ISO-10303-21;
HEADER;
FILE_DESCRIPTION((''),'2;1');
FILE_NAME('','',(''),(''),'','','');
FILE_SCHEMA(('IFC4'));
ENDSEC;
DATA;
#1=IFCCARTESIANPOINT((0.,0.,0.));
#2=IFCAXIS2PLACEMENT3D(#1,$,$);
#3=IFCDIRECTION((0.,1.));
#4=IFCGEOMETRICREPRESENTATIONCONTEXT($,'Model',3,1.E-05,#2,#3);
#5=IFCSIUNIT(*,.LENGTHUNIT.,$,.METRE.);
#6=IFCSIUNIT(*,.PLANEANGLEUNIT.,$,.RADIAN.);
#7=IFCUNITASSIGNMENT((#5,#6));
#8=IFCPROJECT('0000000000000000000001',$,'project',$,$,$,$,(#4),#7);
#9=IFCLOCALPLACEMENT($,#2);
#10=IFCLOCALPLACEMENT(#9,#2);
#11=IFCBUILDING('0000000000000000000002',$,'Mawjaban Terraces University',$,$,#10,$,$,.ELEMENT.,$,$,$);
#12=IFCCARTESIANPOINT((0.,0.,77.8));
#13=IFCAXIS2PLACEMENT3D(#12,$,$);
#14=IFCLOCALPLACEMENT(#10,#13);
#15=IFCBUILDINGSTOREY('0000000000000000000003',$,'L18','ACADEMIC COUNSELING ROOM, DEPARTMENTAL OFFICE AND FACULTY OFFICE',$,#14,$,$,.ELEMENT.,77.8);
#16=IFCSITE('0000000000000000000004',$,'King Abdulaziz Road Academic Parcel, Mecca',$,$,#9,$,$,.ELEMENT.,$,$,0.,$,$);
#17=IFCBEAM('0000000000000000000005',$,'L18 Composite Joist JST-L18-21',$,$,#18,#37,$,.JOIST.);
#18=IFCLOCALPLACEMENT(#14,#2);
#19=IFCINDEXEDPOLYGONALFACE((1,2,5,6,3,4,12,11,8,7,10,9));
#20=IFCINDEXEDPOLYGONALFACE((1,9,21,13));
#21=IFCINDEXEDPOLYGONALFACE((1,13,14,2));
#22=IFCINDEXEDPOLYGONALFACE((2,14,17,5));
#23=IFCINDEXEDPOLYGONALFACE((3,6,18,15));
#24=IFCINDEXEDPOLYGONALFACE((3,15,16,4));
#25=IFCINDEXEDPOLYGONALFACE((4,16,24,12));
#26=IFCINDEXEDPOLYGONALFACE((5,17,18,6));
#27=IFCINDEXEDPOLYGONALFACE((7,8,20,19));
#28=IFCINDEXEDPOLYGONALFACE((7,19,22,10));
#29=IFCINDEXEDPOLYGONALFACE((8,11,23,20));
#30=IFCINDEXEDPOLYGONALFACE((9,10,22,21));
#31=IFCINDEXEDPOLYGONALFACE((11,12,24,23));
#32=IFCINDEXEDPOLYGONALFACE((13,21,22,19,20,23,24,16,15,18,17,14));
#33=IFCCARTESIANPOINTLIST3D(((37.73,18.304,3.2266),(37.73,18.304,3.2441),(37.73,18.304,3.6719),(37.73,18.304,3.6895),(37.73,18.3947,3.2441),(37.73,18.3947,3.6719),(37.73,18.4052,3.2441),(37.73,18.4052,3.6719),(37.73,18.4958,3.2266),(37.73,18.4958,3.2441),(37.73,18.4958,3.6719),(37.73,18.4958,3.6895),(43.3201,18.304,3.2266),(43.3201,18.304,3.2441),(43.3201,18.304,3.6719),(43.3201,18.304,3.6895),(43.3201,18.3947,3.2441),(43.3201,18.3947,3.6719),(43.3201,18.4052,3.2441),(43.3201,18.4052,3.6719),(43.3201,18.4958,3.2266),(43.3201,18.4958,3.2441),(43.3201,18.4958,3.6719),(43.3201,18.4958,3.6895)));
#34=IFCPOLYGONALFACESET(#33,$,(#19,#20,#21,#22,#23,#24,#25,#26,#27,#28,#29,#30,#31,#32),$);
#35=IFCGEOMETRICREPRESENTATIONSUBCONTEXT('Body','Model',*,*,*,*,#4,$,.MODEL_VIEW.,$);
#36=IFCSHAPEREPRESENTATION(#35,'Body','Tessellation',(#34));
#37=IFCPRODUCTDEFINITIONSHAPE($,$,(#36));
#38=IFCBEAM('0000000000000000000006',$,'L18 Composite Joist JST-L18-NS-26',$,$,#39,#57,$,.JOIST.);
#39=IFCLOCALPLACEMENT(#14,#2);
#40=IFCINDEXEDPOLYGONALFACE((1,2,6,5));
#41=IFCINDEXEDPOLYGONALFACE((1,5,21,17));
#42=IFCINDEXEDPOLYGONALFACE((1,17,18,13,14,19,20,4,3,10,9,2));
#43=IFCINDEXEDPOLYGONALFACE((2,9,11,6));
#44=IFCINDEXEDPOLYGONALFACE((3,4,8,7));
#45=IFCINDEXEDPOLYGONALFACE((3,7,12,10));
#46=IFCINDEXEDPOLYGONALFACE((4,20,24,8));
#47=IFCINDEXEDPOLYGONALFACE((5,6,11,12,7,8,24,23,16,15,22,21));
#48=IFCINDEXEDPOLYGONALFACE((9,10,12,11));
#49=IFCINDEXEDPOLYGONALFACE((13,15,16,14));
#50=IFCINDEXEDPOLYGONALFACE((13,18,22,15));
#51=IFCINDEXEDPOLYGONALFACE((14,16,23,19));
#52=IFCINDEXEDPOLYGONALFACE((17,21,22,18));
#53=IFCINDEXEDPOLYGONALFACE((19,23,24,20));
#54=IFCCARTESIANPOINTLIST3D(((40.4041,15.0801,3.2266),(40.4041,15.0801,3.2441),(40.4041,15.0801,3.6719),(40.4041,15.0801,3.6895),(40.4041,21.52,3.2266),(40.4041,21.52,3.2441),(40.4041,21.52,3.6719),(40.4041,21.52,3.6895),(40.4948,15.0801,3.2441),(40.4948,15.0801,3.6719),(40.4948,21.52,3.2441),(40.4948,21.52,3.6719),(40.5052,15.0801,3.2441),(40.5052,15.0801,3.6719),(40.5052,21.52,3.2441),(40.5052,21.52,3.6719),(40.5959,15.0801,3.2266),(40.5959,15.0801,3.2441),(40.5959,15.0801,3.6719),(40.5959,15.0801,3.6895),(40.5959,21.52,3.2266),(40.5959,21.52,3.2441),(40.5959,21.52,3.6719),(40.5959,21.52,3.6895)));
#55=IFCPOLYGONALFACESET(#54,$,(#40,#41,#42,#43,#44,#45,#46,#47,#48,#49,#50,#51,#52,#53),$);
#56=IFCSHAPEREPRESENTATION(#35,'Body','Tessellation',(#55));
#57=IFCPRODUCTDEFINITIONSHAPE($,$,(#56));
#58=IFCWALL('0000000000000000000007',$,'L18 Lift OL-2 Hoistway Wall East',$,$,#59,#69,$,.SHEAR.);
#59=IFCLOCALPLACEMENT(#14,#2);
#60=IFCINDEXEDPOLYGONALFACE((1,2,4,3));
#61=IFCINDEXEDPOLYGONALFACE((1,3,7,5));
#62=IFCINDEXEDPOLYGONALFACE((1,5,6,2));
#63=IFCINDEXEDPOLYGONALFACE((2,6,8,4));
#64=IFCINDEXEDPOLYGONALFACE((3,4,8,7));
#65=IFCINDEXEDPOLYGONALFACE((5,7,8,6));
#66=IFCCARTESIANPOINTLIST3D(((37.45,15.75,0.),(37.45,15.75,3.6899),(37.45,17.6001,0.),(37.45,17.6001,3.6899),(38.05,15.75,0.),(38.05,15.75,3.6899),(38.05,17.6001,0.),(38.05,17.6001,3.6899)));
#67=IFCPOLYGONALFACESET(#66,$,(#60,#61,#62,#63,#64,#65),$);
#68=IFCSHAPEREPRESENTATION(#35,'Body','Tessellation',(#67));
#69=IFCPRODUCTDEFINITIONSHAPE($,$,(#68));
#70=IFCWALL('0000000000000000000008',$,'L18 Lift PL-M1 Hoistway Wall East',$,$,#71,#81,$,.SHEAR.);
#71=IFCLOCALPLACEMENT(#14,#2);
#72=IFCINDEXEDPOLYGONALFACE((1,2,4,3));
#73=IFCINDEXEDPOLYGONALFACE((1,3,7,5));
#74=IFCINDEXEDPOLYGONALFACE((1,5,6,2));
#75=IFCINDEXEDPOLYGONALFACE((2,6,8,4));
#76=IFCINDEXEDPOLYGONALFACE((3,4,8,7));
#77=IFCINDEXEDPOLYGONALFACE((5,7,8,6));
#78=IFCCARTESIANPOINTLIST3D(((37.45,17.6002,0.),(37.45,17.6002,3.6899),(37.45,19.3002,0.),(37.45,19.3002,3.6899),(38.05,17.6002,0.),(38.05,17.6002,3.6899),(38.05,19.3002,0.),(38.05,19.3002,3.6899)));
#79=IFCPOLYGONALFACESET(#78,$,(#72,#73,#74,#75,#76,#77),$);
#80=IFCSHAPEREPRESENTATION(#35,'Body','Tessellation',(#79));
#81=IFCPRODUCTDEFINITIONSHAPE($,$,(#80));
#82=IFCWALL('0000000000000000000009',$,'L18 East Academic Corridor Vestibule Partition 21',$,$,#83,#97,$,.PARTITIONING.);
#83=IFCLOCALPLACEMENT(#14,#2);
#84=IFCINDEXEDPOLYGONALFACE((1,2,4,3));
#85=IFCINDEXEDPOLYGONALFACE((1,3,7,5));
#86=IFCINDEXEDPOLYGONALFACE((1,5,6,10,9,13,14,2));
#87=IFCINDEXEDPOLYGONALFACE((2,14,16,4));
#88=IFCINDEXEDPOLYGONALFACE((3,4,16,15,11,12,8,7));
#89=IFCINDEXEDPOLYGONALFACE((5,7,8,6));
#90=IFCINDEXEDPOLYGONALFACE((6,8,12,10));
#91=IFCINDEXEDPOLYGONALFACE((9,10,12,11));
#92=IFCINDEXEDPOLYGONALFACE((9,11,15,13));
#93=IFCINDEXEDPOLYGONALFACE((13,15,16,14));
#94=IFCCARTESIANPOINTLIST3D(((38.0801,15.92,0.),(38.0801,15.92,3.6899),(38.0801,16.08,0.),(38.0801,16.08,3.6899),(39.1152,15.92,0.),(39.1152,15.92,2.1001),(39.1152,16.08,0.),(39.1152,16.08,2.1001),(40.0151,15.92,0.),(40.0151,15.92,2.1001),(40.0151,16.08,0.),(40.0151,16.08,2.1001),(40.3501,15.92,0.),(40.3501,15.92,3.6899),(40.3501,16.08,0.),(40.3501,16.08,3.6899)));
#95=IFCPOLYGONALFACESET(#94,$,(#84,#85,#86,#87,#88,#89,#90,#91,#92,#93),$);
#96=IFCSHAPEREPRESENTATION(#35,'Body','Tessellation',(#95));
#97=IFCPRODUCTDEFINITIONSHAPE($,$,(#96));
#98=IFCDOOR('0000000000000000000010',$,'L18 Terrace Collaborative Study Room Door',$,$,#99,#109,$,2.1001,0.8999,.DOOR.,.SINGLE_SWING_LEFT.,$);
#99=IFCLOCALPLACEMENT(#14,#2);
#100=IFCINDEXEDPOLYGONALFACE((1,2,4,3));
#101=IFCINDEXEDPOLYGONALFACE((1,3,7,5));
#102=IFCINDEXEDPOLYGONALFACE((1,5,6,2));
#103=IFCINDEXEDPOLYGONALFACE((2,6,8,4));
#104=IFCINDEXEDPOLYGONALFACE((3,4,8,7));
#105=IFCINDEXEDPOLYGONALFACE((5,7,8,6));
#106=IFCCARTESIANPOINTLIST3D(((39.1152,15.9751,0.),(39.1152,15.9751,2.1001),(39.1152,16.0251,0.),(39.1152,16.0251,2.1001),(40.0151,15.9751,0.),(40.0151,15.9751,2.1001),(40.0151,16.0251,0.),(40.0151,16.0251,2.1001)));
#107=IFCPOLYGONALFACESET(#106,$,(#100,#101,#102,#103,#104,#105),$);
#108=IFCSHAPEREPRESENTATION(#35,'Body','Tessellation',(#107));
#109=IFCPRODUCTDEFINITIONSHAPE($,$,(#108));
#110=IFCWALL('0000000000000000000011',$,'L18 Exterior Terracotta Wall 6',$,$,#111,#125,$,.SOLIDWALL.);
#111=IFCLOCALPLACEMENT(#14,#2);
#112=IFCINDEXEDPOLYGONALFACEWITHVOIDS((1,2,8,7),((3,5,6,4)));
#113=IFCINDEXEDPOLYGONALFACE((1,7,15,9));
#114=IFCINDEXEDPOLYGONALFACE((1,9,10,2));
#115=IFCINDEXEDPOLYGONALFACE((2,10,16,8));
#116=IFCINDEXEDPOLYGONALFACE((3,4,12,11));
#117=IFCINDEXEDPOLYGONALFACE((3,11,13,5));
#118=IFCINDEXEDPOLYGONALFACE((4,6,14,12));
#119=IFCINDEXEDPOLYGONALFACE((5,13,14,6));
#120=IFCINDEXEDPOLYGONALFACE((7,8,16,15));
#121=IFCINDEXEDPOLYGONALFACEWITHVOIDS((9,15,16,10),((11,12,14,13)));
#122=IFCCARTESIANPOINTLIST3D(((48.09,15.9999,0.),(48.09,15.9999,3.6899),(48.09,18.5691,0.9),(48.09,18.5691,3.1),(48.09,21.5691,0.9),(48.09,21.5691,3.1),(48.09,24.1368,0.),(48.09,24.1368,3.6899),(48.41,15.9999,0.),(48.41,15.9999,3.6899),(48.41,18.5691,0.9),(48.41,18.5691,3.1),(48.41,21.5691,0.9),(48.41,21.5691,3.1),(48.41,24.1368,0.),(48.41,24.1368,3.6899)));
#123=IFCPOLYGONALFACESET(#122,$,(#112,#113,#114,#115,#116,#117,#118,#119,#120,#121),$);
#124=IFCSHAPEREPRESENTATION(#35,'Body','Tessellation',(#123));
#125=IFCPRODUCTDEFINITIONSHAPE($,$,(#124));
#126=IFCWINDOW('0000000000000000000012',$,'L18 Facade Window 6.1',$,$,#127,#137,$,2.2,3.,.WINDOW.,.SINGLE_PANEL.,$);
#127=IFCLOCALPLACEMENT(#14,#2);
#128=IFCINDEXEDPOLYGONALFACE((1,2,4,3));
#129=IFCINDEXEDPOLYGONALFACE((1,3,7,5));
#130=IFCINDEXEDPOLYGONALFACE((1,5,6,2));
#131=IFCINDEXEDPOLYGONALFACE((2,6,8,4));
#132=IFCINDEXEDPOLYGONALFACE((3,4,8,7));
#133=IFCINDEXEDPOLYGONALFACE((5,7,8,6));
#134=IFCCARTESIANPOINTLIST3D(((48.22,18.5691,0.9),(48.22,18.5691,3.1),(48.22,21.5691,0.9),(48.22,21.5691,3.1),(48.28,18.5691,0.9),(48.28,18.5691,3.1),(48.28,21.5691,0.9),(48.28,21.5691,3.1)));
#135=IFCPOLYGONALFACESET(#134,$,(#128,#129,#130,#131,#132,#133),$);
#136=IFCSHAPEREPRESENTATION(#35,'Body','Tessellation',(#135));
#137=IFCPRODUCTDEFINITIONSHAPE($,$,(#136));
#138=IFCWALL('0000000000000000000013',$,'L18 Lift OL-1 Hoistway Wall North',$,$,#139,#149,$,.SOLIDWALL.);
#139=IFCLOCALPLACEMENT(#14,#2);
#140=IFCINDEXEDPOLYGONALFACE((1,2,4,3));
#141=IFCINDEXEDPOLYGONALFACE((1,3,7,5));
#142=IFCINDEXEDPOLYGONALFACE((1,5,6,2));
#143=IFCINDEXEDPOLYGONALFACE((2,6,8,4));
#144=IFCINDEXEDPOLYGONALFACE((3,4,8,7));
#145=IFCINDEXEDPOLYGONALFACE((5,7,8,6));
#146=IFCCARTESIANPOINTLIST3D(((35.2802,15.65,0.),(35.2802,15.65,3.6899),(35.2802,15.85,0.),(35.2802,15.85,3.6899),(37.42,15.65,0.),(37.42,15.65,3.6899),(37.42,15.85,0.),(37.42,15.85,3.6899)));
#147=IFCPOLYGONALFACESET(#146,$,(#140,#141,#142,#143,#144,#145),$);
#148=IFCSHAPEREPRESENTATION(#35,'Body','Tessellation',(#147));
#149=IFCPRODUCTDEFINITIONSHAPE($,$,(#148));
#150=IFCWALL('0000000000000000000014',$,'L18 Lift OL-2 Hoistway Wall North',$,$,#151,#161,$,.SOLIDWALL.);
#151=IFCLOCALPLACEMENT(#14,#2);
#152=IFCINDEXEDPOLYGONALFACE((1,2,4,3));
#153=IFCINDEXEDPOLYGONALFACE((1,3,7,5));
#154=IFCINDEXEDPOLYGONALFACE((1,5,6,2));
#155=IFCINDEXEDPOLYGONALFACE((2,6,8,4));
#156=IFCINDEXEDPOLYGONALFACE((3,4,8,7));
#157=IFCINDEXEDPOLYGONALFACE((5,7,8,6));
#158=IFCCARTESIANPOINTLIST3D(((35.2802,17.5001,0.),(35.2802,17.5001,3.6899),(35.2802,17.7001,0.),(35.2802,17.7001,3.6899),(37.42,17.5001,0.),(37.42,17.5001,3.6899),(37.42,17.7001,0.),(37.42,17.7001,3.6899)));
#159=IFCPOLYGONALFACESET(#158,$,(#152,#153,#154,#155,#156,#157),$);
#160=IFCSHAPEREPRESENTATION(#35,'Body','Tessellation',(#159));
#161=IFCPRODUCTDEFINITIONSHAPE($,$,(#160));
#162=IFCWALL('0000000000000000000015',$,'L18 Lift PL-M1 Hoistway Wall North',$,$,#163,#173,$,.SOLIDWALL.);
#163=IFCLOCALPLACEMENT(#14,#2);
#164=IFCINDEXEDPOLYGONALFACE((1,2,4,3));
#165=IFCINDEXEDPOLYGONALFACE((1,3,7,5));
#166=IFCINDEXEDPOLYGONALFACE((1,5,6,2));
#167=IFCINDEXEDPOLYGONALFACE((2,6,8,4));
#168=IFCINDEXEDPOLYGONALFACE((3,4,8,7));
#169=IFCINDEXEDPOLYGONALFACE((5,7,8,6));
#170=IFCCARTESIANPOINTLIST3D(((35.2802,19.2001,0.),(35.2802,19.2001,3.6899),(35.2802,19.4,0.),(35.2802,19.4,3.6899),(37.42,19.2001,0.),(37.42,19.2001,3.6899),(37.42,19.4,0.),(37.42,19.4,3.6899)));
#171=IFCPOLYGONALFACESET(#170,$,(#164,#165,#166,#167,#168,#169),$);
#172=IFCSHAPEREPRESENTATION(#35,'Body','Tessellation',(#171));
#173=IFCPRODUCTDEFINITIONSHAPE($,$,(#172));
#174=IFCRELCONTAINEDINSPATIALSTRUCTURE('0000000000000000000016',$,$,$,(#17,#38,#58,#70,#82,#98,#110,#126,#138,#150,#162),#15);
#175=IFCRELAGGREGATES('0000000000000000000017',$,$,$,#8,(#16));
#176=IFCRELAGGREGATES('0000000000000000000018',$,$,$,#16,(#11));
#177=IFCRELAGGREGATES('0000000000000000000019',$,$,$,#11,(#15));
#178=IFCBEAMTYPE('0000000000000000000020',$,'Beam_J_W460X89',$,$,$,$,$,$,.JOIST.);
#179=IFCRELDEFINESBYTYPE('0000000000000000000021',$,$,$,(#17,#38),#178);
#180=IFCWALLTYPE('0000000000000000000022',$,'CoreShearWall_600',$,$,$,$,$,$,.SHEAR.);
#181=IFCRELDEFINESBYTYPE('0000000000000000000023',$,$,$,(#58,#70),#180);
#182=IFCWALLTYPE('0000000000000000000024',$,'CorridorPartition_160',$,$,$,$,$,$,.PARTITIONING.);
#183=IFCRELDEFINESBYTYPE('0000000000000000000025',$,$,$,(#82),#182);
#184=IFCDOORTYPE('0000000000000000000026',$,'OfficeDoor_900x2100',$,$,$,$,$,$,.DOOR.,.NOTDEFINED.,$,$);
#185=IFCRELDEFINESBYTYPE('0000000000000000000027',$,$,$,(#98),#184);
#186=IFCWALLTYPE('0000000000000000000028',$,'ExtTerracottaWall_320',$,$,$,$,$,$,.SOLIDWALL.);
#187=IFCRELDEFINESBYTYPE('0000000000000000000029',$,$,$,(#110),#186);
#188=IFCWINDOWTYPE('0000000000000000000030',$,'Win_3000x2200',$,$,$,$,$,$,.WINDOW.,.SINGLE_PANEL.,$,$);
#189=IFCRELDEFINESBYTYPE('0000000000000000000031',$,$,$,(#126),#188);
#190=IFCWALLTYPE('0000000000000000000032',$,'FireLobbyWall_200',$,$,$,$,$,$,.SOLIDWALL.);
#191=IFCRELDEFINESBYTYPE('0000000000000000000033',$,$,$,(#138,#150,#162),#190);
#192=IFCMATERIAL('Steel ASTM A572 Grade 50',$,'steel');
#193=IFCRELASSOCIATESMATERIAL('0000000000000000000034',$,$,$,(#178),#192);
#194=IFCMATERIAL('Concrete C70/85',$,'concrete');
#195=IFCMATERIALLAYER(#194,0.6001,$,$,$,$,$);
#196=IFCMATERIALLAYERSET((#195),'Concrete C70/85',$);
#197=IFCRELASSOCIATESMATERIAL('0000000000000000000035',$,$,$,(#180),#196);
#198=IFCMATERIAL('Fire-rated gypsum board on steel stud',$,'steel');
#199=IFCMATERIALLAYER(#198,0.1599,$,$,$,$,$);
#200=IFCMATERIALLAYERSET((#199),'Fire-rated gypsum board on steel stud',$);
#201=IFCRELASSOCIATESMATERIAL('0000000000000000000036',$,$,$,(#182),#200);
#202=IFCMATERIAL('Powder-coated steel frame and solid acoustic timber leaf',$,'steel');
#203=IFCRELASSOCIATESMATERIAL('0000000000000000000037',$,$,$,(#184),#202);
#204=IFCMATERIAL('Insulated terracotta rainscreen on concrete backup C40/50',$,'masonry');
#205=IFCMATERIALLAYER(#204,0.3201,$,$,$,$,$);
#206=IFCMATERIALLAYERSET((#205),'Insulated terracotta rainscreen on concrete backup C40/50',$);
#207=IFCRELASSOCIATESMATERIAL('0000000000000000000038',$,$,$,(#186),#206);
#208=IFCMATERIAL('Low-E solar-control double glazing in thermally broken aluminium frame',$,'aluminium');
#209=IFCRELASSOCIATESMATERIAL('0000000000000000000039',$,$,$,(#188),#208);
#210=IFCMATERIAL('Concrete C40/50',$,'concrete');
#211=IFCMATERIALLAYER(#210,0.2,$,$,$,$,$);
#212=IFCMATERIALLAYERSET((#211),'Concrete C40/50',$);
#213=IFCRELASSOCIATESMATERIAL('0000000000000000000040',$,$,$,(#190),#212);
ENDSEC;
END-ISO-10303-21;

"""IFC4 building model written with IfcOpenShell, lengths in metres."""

from ifc_helpers import new_model, si_unit, direction, frame, frame_2d, origin, origin_2d, place, context, subcontext, project, spatial, rectangle, i_section, extrude, material, layer, layer_set, material_profile, profile_set, type_object, element, fill, save


model = new_model("IFC4")

# Units and contexts
model_context = context("Model", 3, precision=1e-05, world=origin(), true_north=direction((0.0, 1.0)))
body_context = subcontext(model_context, "Body", "Model", "MODEL_VIEW")
ifc_project = project(units=[si_unit("LENGTHUNIT", "METRE"), si_unit("PLANEANGLEUNIT", "RADIAN")], contexts=[model_context])

# Site, building, storey
site_placement = place(None, origin())
site = spatial("IfcSite", under=ifc_project, at=site_placement, Name="King Abdulaziz Road Academic Parcel, Mecca", CompositionType="ELEMENT", RefElevation=0.0)
building_placement = place(site_placement, origin())
building = spatial("IfcBuilding", under=site, at=building_placement, Name="Mawjaban Terraces University", CompositionType="ELEMENT")
storey_placement = place(building_placement, frame((0.0, 0.0, 77.8)))
storey = spatial("IfcBuildingStorey", under=building, at=storey_placement, Name="L18", Description="ACADEMIC COUNSELING ROOM, DEPARTMENTAL OFFICE AND FACULTY OFFICE", CompositionType="ELEMENT", Elevation=77.8)

# Shared definitions
ifc_material_1 = material(Name="Concrete C70/85", Category="concrete")

# Beams
ifc_material_2 = material(Name="Steel ASTM A572 Grade 50", Category="steel")
ifc_material_profile_1 = material_profile(ifc_material_2, i_section(OverallWidth=0.1919, OverallDepth=0.4629, WebThickness=0.0105, FlangeThickness=0.0176, at=origin_2d()), Name="W460X89")
ifc_profile_set_1 = profile_set([ifc_material_profile_1], Name="Steel ASTM A572 Grade 50")
beam_type_1 = type_object("IfcBeamType", Name="Beam_J_W460X89", PredefinedType="JOIST", material=ifc_profile_set_1)
beam_1_placement = place(storey_placement, frame((37.73, 18.3999, 3.458), z_axis=(1.0, 0.0, 0.0), x_axis=(0.0, 1.0, 0.0)))
element("IfcBeam", 1, at=beam_1_placement, inside=storey, type_object=beam_type_1, Name="L18 Composite Joist JST-L18-21", PredefinedType="JOIST", context=body_context, shape_type="SweptSolid", body=[
    extrude(i_section(OverallWidth=0.1919, OverallDepth=0.4629, WebThickness=0.0105, FlangeThickness=0.0176, at=origin_2d()), origin(), (0.0, 0.0, 1.0), 5.5901),
])
beam_2_placement = place(storey_placement, frame((40.5, 15.0801, 3.458), z_axis=(0.0, 1.0, 0.0), x_axis=(-1.0, 0.0, 0.0)))
element("IfcBeam", 2, at=beam_2_placement, inside=storey, type_object=beam_type_1, Name="L18 Composite Joist JST-L18-NS-26", PredefinedType="JOIST", context=body_context, shape_type="SweptSolid", body=[
    extrude(i_section(OverallWidth=0.1919, OverallDepth=0.4629, WebThickness=0.0105, FlangeThickness=0.0176, at=origin_2d()), origin(), (0.0, 0.0, 1.0), 6.4399),
])

# Walls
ifc_layer_1 = layer(ifc_material_1, 0.6001)
ifc_layer_set_1 = layer_set([ifc_layer_1], Name="Concrete C70/85")
wall_type_1 = type_object("IfcWallType", Name="CoreShearWall_600", PredefinedType="SHEAR", material=ifc_layer_set_1)
wall_1_placement = place(storey_placement, frame((37.75, 15.75, 0.0), z_axis=(0.0, 0.0, 1.0), x_axis=(0.0, 1.0, 0.0)))
element("IfcWall", 3, at=wall_1_placement, inside=storey, type_object=wall_type_1, Name="L18 Lift OL-2 Hoistway Wall East", PredefinedType="SHEAR", context=body_context, shape_type="SweptSolid", body=[
    extrude(rectangle(XDim=1.8501, YDim=0.6001, at=frame_2d((0.925, 0.0))), origin(), (0.0, 0.0, 1.0), 3.6899),
])
wall_2_placement = place(storey_placement, frame((37.75, 17.6001, 0.0), z_axis=(0.0, 0.0, 1.0), x_axis=(0.0, 1.0, 0.0)))
element("IfcWall", 4, at=wall_2_placement, inside=storey, type_object=wall_type_1, Name="L18 Lift PL-M1 Hoistway Wall East", PredefinedType="SHEAR", context=body_context, shape_type="SweptSolid", body=[
    extrude(rectangle(XDim=1.7, YDim=0.6001, at=frame_2d((0.8501, 0.0))), origin(), (0.0, 0.0, 1.0), 3.6899),
])

# Wall, opening, door
ifc_material_3 = material(Name="Fire-rated gypsum board on steel stud", Category="steel")
ifc_layer_2 = layer(ifc_material_3, 0.1599)
ifc_layer_set_2 = layer_set([ifc_layer_2], Name="Fire-rated gypsum board on steel stud")
wall_type_2 = type_object("IfcWallType", Name="CorridorPartition_160", PredefinedType="PARTITIONING", material=ifc_layer_set_2)
wall_3_placement = place(storey_placement, frame((40.3501, 16.0, 0.0), z_axis=(0.0, 0.0, 1.0), x_axis=(-1.0, 0.0, 0.0)))
wall_3 = element("IfcWall", 5, at=wall_3_placement, inside=storey, type_object=wall_type_2, Name="L18 East Academic Corridor Vestibule Partition 21", PredefinedType="PARTITIONING", context=body_context, shape_type="SweptSolid", body=[
    extrude(rectangle(XDim=2.27, YDim=0.1599, at=frame_2d((1.135, 0.0))), origin(), (0.0, 0.0, 1.0), 3.6899),
])
opening_1_placement = place(wall_3_placement, frame((0.335, 0.0, 0.0)))
opening_1 = element("IfcOpeningElement", 6, at=opening_1_placement, cuts=wall_3, PredefinedType="OPENING", context=body_context, shape_type="SweptSolid", body=[
    extrude(rectangle(XDim=0.8999, YDim=2.1001, at=frame_2d((0.45, 1.05))), frame((0.0, 0.0898, 0.0), z_axis=(0.0, -1.0, 0.0), x_axis=(1.0, 0.0, 0.0)), (0.0, 0.0, 1.0), 0.1799),
])
ifc_material_4 = material(Name="Powder-coated steel frame and solid acoustic timber leaf", Category="steel")
door_type = type_object("IfcDoorType", Name="OfficeDoor_900x2100", OperationType="NOTDEFINED", PredefinedType="DOOR", material=ifc_material_4)
door_placement = place(opening_1_placement, origin())
door = element("IfcDoor", 7, at=door_placement, inside=storey, type_object=door_type, Name="L18 Terrace Collaborative Study Room Door", OperationType="SINGLE_SWING_LEFT", OverallHeight=2.1001, OverallWidth=0.8999, PredefinedType="DOOR", context=body_context, shape_type="SweptSolid", body=[
    extrude(rectangle(XDim=0.8999, YDim=2.1001, at=frame_2d((0.45, 1.05))), frame((0.0, 0.0249, 0.0), z_axis=(0.0, -1.0, 0.0), x_axis=(1.0, 0.0, 0.0)), (0.0, 0.0, 1.0), 0.05),
])
fill(opening_1, door)

# Wall, opening, window
ifc_material_5 = material(Name="Insulated terracotta rainscreen on concrete backup C40/50", Category="masonry")
ifc_layer_3 = layer(ifc_material_5, 0.3201)
ifc_layer_set_3 = layer_set([ifc_layer_3], Name="Insulated terracotta rainscreen on concrete backup C40/50")
wall_type_3 = type_object("IfcWallType", Name="ExtTerracottaWall_320", PredefinedType="SOLIDWALL", material=ifc_layer_set_3)
wall_4_placement = place(storey_placement, frame((48.25, 16.0, 0.0), z_axis=(0.0, 0.0, 1.0), x_axis=(0.0, 1.0, 0.0)))
wall_4 = element("IfcWall", 8, at=wall_4_placement, inside=storey, type_object=wall_type_3, Name="L18 Exterior Terracotta Wall 6", PredefinedType="SOLIDWALL", context=body_context, shape_type="SweptSolid", body=[
    extrude(rectangle(XDim=8.137, YDim=0.3201, at=frame_2d((4.0684, 0.0))), origin(), (0.0, 0.0, 1.0), 3.6899),
])
opening_2_placement = place(wall_4_placement, frame((2.5691, 0.0, 0.8999)))
opening_2 = element("IfcOpeningElement", 9, at=opening_2_placement, cuts=wall_4, PredefinedType="OPENING", context=body_context, shape_type="SweptSolid", body=[
    extrude(rectangle(XDim=3.0, YDim=2.2, at=frame_2d((1.5, 1.1001))), frame((0.0, 0.1699, 0.0), z_axis=(0.0, -1.0, 0.0), x_axis=(1.0, 0.0, 0.0)), (0.0, 0.0, 1.0), 0.3401),
])
ifc_material_6 = material(Name="Low-E solar-control double glazing in thermally broken aluminium frame", Category="aluminium")
window_type = type_object("IfcWindowType", Name="Win_3000x2200", PartitioningType="SINGLE_PANEL", PredefinedType="WINDOW", material=ifc_material_6)
window_placement = place(opening_2_placement, origin())
window = element("IfcWindow", 10, at=window_placement, inside=storey, type_object=window_type, Name="L18 Facade Window 6.1", OverallHeight=2.2, OverallWidth=3.0, PartitioningType="SINGLE_PANEL", PredefinedType="WINDOW", context=body_context, shape_type="SweptSolid", body=[
    extrude(rectangle(XDim=3.0, YDim=2.2, at=frame_2d((1.5, 1.1001))), frame((0.0, 0.03, 0.0), z_axis=(0.0, -1.0, 0.0), x_axis=(1.0, 0.0, 0.0)), (0.0, 0.0, 1.0), 0.0601),
])
fill(opening_2, window)

# Walls
ifc_material_7 = material(Name="Concrete C40/50", Category="concrete")
ifc_layer_4 = layer(ifc_material_7, 0.2)
ifc_layer_set_4 = layer_set([ifc_layer_4], Name="Concrete C40/50")
wall_type_4 = type_object("IfcWallType", Name="FireLobbyWall_200", PredefinedType="SOLIDWALL", material=ifc_layer_set_4)
for number, where, z_axis, x_axis, name in (
    (11, (37.4199, 15.75, 0.0), (0.0, 0.0, 1.0), (-1.0, 0.0, 0.0), "L18 Lift OL-1 Hoistway Wall North"),
    (12, (37.4199, 17.6001, 0.0), (0.0, 0.0, 1.0), (-1.0, 0.0, 0.0), "L18 Lift OL-2 Hoistway Wall North"),
    (13, (37.4199, 19.3, 0.0), (0.0, 0.0, 1.0), (-1.0, 0.0, 0.0), "L18 Lift PL-M1 Hoistway Wall North"),
):
    element("IfcWall", number, at=place(storey_placement, frame(where, z_axis=z_axis, x_axis=x_axis)), inside=storey, type_object=wall_type_4, Name=name, PredefinedType="SOLIDWALL", context=body_context, shape_type="SweptSolid", body=[
        extrude(rectangle(XDim=2.1399, YDim=0.2, at=frame_2d((1.0698, 0.0))), origin(), (0.0, 0.0, 1.0), 3.6899),
    ])

save(model, "model.ifc")
